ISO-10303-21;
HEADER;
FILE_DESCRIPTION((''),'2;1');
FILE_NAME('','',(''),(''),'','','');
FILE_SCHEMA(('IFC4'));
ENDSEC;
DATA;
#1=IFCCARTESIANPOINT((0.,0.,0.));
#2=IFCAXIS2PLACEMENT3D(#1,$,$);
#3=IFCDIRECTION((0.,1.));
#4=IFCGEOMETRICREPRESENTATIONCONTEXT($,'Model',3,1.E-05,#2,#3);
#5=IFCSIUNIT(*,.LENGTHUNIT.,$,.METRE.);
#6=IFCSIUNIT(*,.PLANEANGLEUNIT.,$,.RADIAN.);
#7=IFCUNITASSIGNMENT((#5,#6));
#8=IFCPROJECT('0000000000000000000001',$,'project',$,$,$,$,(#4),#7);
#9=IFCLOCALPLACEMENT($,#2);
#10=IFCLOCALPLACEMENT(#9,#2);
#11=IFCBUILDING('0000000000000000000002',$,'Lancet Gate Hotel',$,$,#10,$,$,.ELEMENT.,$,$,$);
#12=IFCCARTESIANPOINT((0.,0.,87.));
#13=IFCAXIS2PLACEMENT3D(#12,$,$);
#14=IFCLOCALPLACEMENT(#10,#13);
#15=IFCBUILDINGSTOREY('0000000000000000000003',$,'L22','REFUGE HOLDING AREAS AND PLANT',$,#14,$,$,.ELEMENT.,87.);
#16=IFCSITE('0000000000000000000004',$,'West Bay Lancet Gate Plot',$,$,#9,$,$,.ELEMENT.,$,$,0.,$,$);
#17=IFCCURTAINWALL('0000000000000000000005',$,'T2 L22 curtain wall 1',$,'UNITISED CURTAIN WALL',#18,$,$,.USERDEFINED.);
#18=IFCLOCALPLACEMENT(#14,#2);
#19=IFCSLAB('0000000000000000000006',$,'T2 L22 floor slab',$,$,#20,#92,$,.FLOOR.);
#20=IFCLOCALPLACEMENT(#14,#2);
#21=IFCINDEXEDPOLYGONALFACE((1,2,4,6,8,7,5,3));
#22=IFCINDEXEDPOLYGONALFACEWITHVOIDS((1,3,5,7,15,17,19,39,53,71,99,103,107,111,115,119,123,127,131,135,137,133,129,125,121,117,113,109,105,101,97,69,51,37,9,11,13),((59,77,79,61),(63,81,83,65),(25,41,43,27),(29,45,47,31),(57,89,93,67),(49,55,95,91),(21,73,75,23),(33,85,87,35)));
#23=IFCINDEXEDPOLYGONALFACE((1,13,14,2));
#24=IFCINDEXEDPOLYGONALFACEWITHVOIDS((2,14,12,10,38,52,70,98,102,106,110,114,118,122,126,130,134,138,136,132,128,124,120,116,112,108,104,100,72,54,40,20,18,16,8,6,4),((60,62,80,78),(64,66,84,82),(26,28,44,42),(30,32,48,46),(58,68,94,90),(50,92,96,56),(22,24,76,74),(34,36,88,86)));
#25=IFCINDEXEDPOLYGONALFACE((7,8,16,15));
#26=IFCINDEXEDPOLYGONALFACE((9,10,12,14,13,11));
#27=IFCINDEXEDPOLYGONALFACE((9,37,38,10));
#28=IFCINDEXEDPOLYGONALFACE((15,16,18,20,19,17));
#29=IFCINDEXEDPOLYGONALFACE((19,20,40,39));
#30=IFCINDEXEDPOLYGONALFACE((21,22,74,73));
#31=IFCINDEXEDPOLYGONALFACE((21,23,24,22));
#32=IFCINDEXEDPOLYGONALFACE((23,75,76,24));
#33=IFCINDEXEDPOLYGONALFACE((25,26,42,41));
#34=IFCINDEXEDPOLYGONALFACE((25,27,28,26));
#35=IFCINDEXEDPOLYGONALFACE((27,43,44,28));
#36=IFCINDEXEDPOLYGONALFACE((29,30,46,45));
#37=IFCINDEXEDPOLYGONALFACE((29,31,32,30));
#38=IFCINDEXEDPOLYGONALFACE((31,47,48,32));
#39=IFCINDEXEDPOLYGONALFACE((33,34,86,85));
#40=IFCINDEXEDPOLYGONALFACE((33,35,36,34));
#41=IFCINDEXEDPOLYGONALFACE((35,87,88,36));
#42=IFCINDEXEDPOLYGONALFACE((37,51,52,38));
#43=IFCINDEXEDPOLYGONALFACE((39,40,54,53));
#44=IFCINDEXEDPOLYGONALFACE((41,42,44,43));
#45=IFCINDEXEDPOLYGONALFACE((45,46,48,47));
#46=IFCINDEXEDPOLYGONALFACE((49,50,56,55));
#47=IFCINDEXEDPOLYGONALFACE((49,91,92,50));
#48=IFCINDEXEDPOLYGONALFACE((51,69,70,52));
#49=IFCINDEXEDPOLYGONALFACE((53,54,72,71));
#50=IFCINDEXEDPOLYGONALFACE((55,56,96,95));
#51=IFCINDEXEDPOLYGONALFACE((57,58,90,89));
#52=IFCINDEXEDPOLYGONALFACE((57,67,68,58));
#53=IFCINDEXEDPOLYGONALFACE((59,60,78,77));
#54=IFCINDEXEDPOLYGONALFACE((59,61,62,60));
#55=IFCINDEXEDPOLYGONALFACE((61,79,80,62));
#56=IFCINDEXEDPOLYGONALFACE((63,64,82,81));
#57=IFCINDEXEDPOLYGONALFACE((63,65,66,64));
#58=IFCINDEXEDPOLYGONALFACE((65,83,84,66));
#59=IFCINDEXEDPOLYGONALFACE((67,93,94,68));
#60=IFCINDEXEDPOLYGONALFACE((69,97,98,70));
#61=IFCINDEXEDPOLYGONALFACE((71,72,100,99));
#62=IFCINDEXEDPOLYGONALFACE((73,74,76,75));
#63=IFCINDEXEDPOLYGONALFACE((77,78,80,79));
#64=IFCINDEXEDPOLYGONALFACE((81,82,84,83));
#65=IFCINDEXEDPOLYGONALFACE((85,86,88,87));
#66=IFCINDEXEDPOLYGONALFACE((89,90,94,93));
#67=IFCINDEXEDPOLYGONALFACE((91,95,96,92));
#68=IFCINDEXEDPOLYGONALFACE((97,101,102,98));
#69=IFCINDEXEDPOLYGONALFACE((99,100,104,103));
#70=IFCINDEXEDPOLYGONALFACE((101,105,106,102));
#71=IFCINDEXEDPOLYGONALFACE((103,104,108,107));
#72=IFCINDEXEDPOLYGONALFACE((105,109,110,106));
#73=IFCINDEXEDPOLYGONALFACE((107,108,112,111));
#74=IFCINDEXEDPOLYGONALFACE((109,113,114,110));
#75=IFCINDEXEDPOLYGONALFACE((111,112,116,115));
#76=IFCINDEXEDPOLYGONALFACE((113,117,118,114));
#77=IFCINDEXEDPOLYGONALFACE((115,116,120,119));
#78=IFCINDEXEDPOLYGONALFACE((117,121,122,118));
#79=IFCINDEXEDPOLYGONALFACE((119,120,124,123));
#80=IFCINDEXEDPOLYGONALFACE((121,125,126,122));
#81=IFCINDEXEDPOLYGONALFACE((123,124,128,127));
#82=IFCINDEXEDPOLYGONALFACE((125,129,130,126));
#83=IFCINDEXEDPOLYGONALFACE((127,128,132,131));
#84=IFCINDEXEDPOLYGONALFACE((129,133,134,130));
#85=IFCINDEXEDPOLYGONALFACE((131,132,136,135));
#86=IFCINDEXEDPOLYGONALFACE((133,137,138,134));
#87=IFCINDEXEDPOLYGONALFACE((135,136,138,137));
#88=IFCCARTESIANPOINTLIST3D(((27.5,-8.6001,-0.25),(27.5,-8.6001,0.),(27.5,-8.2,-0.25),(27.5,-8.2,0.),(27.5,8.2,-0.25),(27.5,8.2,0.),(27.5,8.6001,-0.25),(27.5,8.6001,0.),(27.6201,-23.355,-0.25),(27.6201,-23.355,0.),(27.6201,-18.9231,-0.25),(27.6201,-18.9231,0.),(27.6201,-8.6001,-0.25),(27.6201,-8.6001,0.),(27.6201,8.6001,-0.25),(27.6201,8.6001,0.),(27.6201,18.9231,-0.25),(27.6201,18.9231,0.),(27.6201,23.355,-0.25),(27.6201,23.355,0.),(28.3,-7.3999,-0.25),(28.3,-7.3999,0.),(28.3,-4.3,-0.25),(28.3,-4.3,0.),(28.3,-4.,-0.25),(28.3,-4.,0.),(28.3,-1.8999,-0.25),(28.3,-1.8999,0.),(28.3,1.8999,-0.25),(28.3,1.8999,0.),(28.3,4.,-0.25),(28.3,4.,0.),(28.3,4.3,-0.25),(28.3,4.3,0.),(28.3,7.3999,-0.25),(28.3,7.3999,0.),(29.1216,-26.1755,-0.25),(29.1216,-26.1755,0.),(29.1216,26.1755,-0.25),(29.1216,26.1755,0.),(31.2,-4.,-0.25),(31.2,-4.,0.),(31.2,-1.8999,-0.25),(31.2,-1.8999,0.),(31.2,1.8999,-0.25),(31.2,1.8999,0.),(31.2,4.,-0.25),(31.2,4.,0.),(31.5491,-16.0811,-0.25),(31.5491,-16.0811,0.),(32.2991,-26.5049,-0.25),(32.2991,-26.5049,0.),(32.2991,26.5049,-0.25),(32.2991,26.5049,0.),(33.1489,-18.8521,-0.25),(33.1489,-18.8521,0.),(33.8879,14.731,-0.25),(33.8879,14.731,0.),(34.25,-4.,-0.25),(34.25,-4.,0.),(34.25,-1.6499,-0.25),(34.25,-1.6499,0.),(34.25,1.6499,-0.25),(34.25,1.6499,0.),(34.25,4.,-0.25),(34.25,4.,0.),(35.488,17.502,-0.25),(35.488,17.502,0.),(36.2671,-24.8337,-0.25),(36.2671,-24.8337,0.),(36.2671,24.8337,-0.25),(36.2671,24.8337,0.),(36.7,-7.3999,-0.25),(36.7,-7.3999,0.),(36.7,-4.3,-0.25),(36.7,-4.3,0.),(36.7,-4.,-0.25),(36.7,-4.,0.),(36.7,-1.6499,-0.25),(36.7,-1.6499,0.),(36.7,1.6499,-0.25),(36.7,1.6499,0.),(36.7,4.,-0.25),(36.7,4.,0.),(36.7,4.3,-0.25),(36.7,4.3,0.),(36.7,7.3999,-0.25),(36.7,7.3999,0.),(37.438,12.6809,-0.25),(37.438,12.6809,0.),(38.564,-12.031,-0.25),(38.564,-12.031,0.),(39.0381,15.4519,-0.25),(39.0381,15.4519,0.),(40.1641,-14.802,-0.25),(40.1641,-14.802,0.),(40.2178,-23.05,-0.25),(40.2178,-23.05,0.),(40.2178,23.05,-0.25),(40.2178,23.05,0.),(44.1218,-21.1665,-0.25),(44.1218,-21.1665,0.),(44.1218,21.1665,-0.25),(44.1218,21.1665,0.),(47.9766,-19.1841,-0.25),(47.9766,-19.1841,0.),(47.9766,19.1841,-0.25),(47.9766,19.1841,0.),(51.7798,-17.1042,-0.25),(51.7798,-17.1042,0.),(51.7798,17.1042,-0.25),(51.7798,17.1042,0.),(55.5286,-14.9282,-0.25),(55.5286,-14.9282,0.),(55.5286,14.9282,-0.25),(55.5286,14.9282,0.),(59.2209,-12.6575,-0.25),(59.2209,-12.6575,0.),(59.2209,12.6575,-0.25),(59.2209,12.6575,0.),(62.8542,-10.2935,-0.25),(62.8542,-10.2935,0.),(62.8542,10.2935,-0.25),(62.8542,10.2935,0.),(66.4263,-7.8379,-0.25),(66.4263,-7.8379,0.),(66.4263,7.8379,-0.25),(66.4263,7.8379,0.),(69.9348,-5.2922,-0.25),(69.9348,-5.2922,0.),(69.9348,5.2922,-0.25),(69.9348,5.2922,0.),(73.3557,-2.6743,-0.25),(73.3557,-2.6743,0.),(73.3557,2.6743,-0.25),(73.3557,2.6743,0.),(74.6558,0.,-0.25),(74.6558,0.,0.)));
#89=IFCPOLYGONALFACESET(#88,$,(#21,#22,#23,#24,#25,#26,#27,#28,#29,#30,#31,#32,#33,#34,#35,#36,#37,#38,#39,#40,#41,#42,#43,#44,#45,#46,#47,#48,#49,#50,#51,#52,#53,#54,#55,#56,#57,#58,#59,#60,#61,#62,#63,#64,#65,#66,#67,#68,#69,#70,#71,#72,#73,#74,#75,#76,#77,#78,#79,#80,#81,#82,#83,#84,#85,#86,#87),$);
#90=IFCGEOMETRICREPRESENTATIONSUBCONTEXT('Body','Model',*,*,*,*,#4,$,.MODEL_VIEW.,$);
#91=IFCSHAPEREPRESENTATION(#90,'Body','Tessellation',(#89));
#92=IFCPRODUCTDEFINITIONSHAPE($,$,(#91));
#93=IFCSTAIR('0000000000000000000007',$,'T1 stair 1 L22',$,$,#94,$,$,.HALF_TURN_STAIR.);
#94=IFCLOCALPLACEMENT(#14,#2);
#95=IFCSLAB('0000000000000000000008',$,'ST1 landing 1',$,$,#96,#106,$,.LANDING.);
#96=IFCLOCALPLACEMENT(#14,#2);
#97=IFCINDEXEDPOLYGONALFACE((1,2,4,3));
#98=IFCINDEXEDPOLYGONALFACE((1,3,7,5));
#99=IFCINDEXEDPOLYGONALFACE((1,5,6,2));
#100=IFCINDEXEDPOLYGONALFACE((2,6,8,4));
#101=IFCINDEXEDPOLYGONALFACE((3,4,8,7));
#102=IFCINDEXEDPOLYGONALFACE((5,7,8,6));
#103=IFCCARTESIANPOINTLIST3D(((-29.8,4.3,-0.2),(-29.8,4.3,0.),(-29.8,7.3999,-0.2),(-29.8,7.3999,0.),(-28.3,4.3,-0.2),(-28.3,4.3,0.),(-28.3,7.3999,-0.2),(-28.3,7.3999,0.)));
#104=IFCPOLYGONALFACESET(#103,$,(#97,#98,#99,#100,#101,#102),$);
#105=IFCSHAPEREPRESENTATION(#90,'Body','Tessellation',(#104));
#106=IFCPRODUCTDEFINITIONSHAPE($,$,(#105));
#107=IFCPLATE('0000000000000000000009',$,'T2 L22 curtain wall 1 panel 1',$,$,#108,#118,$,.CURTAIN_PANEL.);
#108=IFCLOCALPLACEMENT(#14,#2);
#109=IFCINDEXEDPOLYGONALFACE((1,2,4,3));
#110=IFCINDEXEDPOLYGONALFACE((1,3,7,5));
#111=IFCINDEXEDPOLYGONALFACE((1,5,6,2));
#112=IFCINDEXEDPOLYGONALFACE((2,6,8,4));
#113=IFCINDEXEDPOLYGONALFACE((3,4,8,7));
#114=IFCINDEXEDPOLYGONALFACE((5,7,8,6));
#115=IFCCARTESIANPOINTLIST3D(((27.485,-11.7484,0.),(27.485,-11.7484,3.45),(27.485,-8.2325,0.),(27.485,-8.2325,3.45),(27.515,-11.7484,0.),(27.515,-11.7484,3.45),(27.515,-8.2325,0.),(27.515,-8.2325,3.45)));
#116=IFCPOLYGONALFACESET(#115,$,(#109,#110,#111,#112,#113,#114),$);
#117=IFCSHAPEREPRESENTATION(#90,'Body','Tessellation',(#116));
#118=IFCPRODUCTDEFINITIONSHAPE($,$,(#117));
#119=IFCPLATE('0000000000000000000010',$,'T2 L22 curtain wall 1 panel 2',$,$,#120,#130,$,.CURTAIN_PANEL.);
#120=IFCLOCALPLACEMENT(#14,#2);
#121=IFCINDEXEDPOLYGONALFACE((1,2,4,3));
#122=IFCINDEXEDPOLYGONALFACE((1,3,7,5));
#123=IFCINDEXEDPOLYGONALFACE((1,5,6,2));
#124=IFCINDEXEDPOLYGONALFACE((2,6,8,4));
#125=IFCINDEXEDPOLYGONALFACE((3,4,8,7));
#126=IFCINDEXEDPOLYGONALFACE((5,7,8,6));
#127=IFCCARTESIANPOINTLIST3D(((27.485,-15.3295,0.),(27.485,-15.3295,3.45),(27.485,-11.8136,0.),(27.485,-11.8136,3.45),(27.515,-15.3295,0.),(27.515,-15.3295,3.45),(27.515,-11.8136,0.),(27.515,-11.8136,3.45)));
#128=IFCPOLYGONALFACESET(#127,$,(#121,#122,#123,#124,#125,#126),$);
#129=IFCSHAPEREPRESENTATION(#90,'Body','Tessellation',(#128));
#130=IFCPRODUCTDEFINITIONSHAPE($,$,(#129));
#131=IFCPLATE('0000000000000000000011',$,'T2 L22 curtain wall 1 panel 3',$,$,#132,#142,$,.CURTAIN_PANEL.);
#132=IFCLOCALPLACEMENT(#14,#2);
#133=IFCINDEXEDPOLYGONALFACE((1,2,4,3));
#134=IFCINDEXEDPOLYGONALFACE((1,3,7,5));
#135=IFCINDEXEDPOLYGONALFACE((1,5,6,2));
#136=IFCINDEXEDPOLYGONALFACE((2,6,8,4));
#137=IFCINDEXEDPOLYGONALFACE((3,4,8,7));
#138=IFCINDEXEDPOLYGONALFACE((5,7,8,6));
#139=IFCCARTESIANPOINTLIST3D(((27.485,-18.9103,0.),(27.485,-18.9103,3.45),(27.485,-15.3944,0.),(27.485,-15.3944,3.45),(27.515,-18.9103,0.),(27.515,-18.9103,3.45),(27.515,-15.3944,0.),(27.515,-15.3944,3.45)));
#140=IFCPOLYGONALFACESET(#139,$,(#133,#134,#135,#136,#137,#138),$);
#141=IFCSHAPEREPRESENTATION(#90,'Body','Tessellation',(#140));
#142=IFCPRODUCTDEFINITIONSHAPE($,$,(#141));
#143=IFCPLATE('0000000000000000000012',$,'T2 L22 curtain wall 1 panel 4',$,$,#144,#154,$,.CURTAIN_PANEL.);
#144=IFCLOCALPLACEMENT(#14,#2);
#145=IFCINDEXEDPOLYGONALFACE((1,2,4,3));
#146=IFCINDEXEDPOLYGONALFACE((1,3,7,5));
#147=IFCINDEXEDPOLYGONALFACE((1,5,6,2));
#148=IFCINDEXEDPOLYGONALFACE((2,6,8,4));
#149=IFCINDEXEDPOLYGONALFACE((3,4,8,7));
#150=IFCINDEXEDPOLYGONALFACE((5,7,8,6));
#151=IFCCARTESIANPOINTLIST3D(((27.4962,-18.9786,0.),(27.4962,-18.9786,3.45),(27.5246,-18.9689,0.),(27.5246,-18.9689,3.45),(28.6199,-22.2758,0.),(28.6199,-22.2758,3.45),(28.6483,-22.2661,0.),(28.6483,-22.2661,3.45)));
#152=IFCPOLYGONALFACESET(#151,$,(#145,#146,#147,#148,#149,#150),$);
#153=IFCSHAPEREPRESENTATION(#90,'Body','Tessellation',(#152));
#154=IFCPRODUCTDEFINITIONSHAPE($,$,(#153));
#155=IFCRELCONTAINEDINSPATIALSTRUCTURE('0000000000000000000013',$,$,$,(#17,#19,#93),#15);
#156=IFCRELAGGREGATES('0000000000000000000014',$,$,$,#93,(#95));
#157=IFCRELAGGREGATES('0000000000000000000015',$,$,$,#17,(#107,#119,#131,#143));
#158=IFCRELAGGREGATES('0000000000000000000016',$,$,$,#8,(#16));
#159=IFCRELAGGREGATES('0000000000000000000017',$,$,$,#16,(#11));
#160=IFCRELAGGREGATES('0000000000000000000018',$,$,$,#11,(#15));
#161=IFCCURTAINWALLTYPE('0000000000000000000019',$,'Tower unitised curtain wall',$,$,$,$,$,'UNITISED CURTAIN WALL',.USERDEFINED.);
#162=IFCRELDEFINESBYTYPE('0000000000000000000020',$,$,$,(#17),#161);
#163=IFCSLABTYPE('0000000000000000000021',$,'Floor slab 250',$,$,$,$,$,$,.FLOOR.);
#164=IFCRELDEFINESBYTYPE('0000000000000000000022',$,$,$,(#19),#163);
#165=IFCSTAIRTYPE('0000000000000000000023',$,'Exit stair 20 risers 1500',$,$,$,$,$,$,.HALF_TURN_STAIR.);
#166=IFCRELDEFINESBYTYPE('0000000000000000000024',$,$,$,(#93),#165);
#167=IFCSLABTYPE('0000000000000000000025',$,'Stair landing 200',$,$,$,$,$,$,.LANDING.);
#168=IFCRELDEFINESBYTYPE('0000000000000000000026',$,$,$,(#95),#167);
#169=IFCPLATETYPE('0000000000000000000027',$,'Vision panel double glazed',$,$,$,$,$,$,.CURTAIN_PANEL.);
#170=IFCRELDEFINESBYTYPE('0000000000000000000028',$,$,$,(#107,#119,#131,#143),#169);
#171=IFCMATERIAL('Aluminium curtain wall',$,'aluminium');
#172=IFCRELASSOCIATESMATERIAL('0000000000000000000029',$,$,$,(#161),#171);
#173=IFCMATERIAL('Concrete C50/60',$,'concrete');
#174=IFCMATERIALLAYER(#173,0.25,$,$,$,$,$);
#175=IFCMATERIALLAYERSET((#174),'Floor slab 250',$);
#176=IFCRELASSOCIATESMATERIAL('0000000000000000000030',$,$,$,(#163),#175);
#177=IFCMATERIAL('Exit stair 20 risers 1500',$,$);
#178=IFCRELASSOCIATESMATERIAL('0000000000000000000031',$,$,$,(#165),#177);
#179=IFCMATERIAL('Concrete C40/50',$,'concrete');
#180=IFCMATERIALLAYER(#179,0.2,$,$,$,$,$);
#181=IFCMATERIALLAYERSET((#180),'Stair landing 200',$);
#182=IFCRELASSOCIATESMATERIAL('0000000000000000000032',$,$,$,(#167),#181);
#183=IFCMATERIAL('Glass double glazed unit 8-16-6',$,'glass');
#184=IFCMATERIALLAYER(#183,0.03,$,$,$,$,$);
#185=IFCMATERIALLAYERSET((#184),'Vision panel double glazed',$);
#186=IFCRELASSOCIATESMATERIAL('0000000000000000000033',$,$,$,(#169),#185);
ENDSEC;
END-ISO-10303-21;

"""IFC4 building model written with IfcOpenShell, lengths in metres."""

from ifc_helpers import new_model, si_unit, direction, frame, origin, origin_2d, place, context, subcontext, project, spatial, polyline, rectangle, outline, extrude, material, layer, layer_set, type_object, element, aggregate, save


model = new_model("IFC4")

# Units and contexts
model_context = context("Model", 3, precision=1e-05, world=origin(), true_north=direction((0.0, 1.0)))
body_context = subcontext(model_context, "Body", "Model", "MODEL_VIEW")
ifc_project = project(units=[si_unit("LENGTHUNIT", "METRE"), si_unit("PLANEANGLEUNIT", "RADIAN")], contexts=[model_context])

# Site, building, storey
site_placement = place(None, origin())
site = spatial("IfcSite", under=ifc_project, at=site_placement, Name="West Bay Lancet Gate Plot", CompositionType="ELEMENT", RefElevation=0.0)
building_placement = place(site_placement, origin())
building = spatial("IfcBuilding", under=site, at=building_placement, Name="Lancet Gate Hotel", CompositionType="ELEMENT")
storey_placement = place(building_placement, frame((0.0, 0.0, 87.0)))
storey = spatial("IfcBuildingStorey", under=building, at=storey_placement, Name="L22", Description="REFUGE HOLDING AREAS AND PLANT", CompositionType="ELEMENT", Elevation=87.0)

# Curtain wall
ifc_material_1 = material(Name="Aluminium curtain wall", Category="aluminium")
curtain_wall_type = type_object("IfcCurtainWallType", Name="Tower unitised curtain wall", ElementType="UNITISED CURTAIN WALL", PredefinedType="USERDEFINED", material=ifc_material_1)
curtain_wall_placement = place(storey_placement, origin())
curtain_wall = element("IfcCurtainWall", 1, at=curtain_wall_placement, inside=storey, type_object=curtain_wall_type, Name="T2 L22 curtain wall 1", ObjectType="UNITISED CURTAIN WALL", PredefinedType="USERDEFINED")

# Slab
ifc_material_2 = material(Name="Concrete C50/60", Category="concrete")
ifc_layer_1 = layer(ifc_material_2, 0.25)
ifc_layer_set_1 = layer_set([ifc_layer_1], Name="Floor slab 250")
slab_type_1 = type_object("IfcSlabType", Name="Floor slab 250", PredefinedType="FLOOR", material=ifc_layer_set_1)
slab_1_placement = place(storey_placement, frame((0.0, 0.0, -0.25)))
element("IfcSlab", 2, at=slab_1_placement, inside=storey, type_object=slab_type_1, Name="T2 L22 floor slab", PredefinedType="FLOOR", context=body_context, shape_type="SweptSolid", body=[
    extrude(outline(polyline([(27.5, -8.2), (27.5, -8.6001), (27.6201, -8.6001), (27.6201, -18.9231), (27.6201, -23.355), (29.1216, -26.1755), (32.2991, -26.5049), (36.2671, -24.8337), (40.2178, -23.05), (44.1218, -21.1665), (47.9766, -19.1841), (51.7798, -17.1042), (55.5286, -14.9282), (59.2209, -12.6575), (62.8542, -10.2935), (66.4263, -7.8379), (69.9348, -5.2922), (73.3557, -2.6743), (74.6558, 0.0), (73.3557, 2.6743), (69.9348, 5.2922), (66.4263, 7.8379), (62.8542, 10.2935), (59.2209, 12.6575), (55.5286, 14.9282), (51.7798, 17.1042), (47.9766, 19.1841), (44.1218, 21.1665), (40.2178, 23.05), (36.2671, 24.8337), (32.2991, 26.5049), (29.1216, 26.1755), (27.6201, 23.355), (27.6201, 18.9231), (27.6201, 8.6001), (27.5, 8.6001), (27.5, 8.2), (27.5, -8.2)]), holes=[polyline([(36.7, -4.3), (28.3, -4.3), (28.3, -7.3999), (36.7, -7.3999), (36.7, -4.3)]), polyline([(31.2, -4.0), (31.2, -1.8999), (28.3, -1.8999), (28.3, -4.0), (31.2, -4.0)]), polyline([(36.7, -4.0), (36.7, -1.6499), (34.25, -1.6499), (34.25, -4.0), (36.7, -4.0)]), polyline([(36.7, 4.0), (34.25, 4.0), (34.25, 1.6499), (36.7, 1.6499), (36.7, 4.0)]), polyline([(31.2, 1.8999), (31.2, 4.0), (28.3, 4.0), (28.3, 1.8999), (31.2, 1.8999)]), polyline([(36.7, 4.3), (36.7, 7.3999), (28.3, 7.3999), (28.3, 4.3), (36.7, 4.3)]), polyline([(31.5491, -16.0811), (33.1489, -18.8521), (40.1641, -14.802), (38.564, -12.031), (31.5491, -16.0811)]), polyline([(33.8879, 14.731), (37.438, 12.6809), (39.0381, 15.4519), (35.488, 17.502), (33.8879, 14.731)])]), origin(), (0.0, 0.0, 1.0), 0.25),
])

# Stair, slab
ifc_material_3 = material(Name="Exit stair 20 risers 1500")
stair_type = type_object("IfcStairType", Name="Exit stair 20 risers 1500", PredefinedType="HALF_TURN_STAIR", material=ifc_material_3)
stair_placement = place(storey_placement, origin())
stair = element("IfcStair", 3, at=stair_placement, inside=storey, type_object=stair_type, Name="T1 stair 1 L22", PredefinedType="HALF_TURN_STAIR")
ifc_material_4 = material(Name="Concrete C40/50", Category="concrete")
ifc_layer_2 = layer(ifc_material_4, 0.2)
ifc_layer_set_2 = layer_set([ifc_layer_2], Name="Stair landing 200")
slab_type_2 = type_object("IfcSlabType", Name="Stair landing 200", PredefinedType="LANDING", material=ifc_layer_set_2)
slab_2_placement = place(storey_placement, frame((0.0, 0.0, -0.2)))
slab_2 = element("IfcSlab", 4, at=slab_2_placement, type_object=slab_type_2, Name="ST1 landing 1", PredefinedType="LANDING", context=body_context, shape_type="SweptSolid", body=[
    extrude(outline(polyline([(-28.3, 7.3999), (-29.8, 7.3999), (-29.8, 4.3), (-28.3, 4.3), (-28.3, 7.3999)])), origin(), (0.0, 0.0, 1.0), 0.2),
])
aggregate(stair, [slab_2])

# Plates
ifc_material_5 = material(Name="Glass double glazed unit 8-16-6", Category="glass")
ifc_layer_3 = layer(ifc_material_5, 0.03)
ifc_layer_set_3 = layer_set([ifc_layer_3], Name="Vision panel double glazed")
plate_type = type_object("IfcPlateType", Name="Vision panel double glazed", PredefinedType="CURTAIN_PANEL", material=ifc_layer_set_3)
plate_1_placement = place(storey_placement, frame((27.5, -9.9905, 0.0), z_axis=(0.0, 0.0, 1.0), x_axis=(0.0, -1.0, 0.0)))
plate_1 = element("IfcPlate", 5, at=plate_1_placement, type_object=plate_type, Name="T2 L22 curtain wall 1 panel 1", PredefinedType="CURTAIN_PANEL", context=body_context, shape_type="SweptSolid", body=[
    extrude(rectangle(XDim=3.5159, YDim=0.03, at=origin_2d()), origin(), (0.0, 0.0, 1.0), 3.45),
])
plate_2_placement = place(storey_placement, frame((27.5, -13.5715, 0.0), z_axis=(0.0, 0.0, 1.0), x_axis=(0.0, -1.0, 0.0)))
plate_2 = element("IfcPlate", 6, at=plate_2_placement, type_object=plate_type, Name="T2 L22 curtain wall 1 panel 2", PredefinedType="CURTAIN_PANEL", context=body_context, shape_type="SweptSolid", body=[
    extrude(rectangle(XDim=3.5159, YDim=0.03, at=origin_2d()), origin(), (0.0, 0.0, 1.0), 3.45),
])
plate_3_placement = place(storey_placement, frame((27.5, -17.1523, 0.0), z_axis=(0.0, 0.0, 1.0), x_axis=(0.0, -1.0, 0.0)))
plate_3 = element("IfcPlate", 7, at=plate_3_placement, type_object=plate_type, Name="T2 L22 curtain wall 1 panel 3", PredefinedType="CURTAIN_PANEL", context=body_context, shape_type="SweptSolid", body=[
    extrude(rectangle(XDim=3.5159, YDim=0.03, at=origin_2d()), origin(), (0.0, 0.0, 1.0), 3.45),
])
plate_4_placement = place(storey_placement, frame((28.0723, -20.6223, 0.0), z_axis=(0.0, 0.0, 1.0), x_axis=(0.322576, -0.946544, 0.0)))
plate_4 = element("IfcPlate", 8, at=plate_4_placement, type_object=plate_type, Name="T2 L22 curtain wall 1 panel 4", PredefinedType="CURTAIN_PANEL", context=body_context, shape_type="SweptSolid", body=[
    extrude(rectangle(XDim=3.4834, YDim=0.03, at=origin_2d()), origin(), (0.0, 0.0, 1.0), 3.45),
])
aggregate(curtain_wall, [plate_1, plate_2, plate_3, plate_4])

save(model, "model.ifc")
